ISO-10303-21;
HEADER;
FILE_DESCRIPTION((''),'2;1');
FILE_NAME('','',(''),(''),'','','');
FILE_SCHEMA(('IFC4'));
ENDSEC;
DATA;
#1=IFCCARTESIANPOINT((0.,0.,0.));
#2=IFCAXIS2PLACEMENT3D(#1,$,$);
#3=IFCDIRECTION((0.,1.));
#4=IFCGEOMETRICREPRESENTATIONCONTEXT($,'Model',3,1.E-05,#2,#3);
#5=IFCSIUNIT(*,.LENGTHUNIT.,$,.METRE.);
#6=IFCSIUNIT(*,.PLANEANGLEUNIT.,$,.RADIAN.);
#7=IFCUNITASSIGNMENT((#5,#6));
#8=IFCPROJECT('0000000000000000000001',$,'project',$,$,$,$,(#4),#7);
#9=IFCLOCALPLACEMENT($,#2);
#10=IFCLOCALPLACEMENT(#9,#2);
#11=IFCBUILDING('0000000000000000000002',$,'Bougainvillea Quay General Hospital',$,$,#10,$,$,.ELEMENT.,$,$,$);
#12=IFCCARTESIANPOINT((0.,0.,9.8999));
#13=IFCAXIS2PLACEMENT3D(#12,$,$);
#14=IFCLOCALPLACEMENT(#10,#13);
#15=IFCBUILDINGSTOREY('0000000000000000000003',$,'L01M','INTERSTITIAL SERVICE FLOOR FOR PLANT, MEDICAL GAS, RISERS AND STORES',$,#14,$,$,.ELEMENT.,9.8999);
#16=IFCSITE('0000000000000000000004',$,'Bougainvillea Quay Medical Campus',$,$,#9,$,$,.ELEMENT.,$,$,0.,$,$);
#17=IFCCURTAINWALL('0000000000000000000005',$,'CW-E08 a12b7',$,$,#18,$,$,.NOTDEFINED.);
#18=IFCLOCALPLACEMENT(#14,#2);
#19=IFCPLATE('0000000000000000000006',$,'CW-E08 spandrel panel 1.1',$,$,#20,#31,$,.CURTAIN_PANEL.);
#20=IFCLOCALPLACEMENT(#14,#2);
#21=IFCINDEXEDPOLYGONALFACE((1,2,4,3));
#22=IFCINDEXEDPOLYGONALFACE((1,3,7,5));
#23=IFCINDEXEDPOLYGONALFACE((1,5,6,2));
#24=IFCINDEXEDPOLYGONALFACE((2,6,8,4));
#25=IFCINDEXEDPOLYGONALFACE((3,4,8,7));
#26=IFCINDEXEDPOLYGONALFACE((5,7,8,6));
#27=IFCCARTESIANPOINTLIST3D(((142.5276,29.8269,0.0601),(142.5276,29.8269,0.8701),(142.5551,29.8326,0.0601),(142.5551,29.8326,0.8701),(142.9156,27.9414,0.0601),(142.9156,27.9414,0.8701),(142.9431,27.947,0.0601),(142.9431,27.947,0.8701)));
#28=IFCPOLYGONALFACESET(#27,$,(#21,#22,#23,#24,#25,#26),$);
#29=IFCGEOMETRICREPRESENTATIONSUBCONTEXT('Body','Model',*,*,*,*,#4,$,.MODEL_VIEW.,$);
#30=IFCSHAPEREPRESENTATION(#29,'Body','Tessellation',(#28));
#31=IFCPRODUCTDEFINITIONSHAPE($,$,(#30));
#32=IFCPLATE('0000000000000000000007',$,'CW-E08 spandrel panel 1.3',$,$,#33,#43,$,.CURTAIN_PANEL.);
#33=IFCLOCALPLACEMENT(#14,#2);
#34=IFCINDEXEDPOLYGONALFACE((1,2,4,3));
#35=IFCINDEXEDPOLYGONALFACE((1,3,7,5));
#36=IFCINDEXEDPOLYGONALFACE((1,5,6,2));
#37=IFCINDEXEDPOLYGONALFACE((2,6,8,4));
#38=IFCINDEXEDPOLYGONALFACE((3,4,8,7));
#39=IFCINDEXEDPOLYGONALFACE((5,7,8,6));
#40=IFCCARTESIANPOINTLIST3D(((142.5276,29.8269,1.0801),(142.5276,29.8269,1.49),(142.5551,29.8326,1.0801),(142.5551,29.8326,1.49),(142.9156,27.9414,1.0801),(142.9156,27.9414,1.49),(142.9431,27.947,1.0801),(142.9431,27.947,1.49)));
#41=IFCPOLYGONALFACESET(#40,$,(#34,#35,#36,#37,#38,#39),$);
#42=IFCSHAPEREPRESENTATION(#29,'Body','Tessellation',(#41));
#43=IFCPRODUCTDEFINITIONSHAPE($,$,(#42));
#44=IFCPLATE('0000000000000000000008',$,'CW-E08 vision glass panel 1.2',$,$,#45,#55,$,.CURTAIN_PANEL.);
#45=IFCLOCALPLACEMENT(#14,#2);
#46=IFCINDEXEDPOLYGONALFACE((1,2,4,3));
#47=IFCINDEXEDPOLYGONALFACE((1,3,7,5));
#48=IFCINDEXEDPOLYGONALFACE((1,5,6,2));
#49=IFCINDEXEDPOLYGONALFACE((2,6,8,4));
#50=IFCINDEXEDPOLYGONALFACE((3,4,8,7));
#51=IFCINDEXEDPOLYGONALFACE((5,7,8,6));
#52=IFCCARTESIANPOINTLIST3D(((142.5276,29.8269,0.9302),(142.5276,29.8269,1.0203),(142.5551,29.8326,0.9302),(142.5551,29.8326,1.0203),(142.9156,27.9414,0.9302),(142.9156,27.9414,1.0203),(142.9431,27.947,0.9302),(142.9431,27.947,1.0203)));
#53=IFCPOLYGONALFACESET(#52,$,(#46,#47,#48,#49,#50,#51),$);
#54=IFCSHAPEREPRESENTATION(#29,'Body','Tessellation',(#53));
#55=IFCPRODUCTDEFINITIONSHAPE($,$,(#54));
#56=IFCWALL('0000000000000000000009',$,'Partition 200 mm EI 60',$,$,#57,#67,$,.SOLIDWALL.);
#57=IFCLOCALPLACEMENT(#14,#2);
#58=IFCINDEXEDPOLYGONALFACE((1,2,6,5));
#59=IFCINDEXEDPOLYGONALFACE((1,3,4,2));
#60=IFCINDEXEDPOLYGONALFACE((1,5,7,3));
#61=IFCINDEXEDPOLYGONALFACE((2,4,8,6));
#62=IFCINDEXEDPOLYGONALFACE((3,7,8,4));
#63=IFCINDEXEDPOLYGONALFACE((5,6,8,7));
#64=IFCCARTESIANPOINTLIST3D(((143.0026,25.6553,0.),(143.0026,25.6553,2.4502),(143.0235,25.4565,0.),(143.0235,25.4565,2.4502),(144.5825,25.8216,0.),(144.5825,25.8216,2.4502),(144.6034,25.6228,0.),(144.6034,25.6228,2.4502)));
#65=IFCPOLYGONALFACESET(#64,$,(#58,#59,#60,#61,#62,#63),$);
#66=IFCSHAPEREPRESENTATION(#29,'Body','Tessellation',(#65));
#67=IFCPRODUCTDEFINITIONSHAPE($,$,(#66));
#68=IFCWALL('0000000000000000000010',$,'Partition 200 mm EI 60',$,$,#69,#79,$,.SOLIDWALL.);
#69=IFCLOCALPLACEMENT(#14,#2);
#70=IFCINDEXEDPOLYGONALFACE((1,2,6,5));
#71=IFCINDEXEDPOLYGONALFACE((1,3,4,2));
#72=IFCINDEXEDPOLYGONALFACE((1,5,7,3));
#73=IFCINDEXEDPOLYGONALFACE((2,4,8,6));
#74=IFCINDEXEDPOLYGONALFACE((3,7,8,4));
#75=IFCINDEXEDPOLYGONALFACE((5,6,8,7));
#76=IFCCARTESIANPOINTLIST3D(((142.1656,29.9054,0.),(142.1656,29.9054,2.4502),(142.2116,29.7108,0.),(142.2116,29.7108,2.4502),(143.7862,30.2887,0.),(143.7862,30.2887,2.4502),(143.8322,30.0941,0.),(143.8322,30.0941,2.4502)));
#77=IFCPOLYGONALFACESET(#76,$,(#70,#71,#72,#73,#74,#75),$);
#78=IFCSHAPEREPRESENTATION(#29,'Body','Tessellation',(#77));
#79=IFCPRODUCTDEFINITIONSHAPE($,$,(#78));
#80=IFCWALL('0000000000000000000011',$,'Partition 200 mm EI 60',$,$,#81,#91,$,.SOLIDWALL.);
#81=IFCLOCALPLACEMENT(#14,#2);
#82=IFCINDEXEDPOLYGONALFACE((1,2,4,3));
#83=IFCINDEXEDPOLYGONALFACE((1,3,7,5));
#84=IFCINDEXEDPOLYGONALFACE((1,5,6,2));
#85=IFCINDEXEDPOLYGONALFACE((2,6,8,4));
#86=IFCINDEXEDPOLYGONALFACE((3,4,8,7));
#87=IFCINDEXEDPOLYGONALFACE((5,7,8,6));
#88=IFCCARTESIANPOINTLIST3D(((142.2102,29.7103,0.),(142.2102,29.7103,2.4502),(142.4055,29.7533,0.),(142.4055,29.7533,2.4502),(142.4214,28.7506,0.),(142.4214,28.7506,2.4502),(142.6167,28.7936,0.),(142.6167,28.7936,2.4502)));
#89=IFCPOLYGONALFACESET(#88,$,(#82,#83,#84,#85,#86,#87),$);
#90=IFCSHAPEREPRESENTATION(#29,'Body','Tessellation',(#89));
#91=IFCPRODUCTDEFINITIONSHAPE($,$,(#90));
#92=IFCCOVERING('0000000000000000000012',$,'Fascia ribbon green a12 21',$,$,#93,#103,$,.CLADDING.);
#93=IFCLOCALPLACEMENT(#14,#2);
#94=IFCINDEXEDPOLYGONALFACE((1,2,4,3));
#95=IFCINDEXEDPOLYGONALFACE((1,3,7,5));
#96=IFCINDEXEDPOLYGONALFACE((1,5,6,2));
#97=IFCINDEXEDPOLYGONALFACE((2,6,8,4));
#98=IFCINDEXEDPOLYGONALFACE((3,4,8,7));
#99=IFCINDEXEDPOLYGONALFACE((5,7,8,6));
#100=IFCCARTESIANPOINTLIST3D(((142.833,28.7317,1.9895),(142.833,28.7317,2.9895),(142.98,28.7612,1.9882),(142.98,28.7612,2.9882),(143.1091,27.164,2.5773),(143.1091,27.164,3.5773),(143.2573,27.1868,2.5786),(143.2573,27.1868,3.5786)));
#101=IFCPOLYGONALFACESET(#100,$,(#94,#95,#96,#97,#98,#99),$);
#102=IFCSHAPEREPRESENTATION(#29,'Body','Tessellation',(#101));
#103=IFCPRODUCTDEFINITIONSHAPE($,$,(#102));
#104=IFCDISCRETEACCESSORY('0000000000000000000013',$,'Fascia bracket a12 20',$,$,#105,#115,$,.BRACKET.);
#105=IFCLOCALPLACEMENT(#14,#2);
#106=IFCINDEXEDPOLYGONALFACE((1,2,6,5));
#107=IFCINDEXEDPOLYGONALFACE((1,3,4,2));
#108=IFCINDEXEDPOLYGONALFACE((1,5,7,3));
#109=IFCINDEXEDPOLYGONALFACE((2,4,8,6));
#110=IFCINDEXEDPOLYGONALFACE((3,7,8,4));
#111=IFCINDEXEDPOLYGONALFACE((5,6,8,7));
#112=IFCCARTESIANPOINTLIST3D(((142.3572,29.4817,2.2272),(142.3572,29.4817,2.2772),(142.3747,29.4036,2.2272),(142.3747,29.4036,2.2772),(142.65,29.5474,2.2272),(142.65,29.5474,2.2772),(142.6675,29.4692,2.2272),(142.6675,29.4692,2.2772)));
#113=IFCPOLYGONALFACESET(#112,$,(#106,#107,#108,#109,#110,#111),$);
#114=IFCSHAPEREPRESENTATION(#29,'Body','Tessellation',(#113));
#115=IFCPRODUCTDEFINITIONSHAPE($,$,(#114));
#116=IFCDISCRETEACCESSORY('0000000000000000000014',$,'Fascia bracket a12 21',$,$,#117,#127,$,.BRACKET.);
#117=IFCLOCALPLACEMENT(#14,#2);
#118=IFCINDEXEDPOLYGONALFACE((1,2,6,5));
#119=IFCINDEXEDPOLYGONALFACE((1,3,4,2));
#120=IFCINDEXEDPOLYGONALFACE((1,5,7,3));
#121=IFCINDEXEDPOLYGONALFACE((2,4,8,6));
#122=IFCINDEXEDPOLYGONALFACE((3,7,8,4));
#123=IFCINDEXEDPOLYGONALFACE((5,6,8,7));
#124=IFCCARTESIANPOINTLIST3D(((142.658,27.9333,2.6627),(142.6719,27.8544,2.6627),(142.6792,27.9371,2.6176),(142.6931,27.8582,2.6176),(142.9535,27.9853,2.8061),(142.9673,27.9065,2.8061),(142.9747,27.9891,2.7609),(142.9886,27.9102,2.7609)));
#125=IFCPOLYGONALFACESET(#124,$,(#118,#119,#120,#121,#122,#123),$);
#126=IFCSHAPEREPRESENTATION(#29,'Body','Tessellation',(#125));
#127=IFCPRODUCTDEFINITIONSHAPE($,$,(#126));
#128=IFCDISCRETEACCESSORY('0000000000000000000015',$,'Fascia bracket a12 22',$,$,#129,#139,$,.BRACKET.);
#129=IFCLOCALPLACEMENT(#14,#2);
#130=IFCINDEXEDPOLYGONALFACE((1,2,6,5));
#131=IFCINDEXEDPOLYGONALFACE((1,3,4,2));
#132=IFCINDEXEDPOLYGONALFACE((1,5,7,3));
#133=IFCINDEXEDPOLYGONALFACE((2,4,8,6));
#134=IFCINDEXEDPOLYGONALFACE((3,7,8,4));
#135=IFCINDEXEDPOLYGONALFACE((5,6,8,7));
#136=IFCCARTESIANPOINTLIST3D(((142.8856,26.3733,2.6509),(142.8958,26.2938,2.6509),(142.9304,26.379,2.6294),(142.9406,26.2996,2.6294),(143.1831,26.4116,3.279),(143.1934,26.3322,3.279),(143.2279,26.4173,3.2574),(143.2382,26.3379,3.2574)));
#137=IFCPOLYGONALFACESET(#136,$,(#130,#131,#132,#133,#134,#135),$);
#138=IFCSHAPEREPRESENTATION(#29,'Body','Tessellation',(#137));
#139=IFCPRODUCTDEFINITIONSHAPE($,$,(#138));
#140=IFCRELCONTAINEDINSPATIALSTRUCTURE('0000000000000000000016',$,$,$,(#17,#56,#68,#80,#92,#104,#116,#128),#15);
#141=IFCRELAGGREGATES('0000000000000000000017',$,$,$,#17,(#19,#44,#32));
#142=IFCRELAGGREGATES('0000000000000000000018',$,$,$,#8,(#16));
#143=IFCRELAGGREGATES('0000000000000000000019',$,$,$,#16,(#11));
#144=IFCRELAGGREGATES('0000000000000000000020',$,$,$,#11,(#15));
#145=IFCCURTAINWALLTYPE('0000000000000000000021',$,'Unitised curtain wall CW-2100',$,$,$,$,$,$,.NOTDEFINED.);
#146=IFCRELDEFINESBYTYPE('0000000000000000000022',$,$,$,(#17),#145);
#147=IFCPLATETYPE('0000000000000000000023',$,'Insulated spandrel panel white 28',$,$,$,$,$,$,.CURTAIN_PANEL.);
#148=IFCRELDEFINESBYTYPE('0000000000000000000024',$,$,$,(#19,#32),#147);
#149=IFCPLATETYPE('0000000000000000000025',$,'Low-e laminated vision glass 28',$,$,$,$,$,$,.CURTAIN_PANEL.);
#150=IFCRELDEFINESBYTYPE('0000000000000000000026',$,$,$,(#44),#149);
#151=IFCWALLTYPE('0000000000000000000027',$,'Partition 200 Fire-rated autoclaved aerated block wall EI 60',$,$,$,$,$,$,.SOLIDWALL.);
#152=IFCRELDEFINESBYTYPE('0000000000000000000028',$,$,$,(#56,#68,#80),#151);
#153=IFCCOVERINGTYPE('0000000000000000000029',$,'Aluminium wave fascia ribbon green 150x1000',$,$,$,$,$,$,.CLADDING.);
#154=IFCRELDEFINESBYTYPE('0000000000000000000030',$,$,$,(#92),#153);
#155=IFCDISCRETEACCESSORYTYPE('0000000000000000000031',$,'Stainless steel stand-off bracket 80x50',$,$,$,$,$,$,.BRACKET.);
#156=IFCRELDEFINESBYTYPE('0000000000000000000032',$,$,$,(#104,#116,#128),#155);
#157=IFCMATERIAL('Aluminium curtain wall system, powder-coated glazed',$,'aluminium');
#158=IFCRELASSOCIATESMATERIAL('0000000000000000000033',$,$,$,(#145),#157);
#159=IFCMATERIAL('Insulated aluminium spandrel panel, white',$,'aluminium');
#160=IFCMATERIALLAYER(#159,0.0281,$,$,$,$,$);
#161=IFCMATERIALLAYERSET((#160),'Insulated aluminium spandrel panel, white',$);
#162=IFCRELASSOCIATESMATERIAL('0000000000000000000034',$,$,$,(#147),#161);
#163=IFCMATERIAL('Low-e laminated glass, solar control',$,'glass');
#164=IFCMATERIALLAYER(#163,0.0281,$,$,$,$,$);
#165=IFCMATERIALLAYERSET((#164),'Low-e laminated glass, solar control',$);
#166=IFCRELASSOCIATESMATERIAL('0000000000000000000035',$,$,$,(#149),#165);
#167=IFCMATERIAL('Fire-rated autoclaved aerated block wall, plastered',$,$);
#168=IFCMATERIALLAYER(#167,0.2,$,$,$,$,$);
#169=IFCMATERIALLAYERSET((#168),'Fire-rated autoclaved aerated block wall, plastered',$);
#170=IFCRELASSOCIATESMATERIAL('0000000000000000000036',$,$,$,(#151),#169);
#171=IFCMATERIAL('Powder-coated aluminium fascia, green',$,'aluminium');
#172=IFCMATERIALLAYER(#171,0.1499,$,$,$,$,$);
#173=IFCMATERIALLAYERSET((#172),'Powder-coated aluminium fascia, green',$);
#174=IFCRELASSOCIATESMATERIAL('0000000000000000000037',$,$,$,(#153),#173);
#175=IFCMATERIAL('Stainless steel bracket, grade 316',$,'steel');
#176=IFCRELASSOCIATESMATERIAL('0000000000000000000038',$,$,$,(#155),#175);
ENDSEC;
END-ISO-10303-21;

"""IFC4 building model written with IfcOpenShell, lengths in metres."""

from ifc_helpers import new_model, si_unit, direction, frame, frame_2d, origin, origin_2d, place, context, subcontext, project, spatial, polyline, rectangle, outline, extrude, material, layer, layer_set, material_profile, profile_set, type_object, element, aggregate, save


model = new_model("IFC4")

# Units and contexts
model_context = context("Model", 3, precision=1e-05, world=origin(), true_north=direction((0.0, 1.0)))
body_context = subcontext(model_context, "Body", "Model", "MODEL_VIEW")
ifc_project = project(units=[si_unit("LENGTHUNIT", "METRE"), si_unit("PLANEANGLEUNIT", "RADIAN")], contexts=[model_context])

# Site, building, storey
site_placement = place(None, origin())
site = spatial("IfcSite", under=ifc_project, at=site_placement, Name="Bougainvillea Quay Medical Campus", CompositionType="ELEMENT", RefElevation=0.0)
building_placement = place(site_placement, origin())
building = spatial("IfcBuilding", under=site, at=building_placement, Name="Bougainvillea Quay General Hospital", CompositionType="ELEMENT")
storey_placement = place(building_placement, frame((0.0, 0.0, 9.8999)))
storey = spatial("IfcBuildingStorey", under=building, at=storey_placement, Name="L01M", Description="INTERSTITIAL SERVICE FLOOR FOR PLANT, MEDICAL GAS, RISERS AND STORES", CompositionType="ELEMENT", Elevation=9.8999)

# Shared definitions
ifc_material_1 = material(Name="Aluminium curtain wall system, powder-coated glazed", Category="aluminium")
curtain_wall_type_1 = type_object("IfcCurtainWallType", Name="Unitised curtain wall CW-2100", PredefinedType="NOTDEFINED", material=ifc_material_1)

# Curtain wall
curtain_wall_1_placement = place(storey_placement, origin())
curtain_wall_1 = element("IfcCurtainWall", 1, at=curtain_wall_1_placement, inside=storey, type_object=curtain_wall_type_1, Name="CW-E08 a12b7", PredefinedType="NOTDEFINED")

# Plates
ifc_material_2 = material(Name="Insulated aluminium spandrel panel, white", Category="aluminium")
ifc_layer_1 = layer(ifc_material_2, 0.0281)
ifc_layer_set_1 = layer_set([ifc_layer_1], Name="Insulated aluminium spandrel panel, white")
plate_type_1 = type_object("IfcPlateType", Name="Insulated spandrel panel white 28", PredefinedType="CURTAIN_PANEL", material=ifc_layer_set_1)
plate_1_placement = place(storey_placement, frame((142.7354, 28.887, 0.0601), z_axis=(0.0, 0.0, 1.0), x_axis=(0.201595, -0.979469, 0.0)))
plate_1 = element("IfcPlate", 2, at=plate_1_placement, type_object=plate_type_1, Name="CW-E08 spandrel panel 1.1", PredefinedType="CURTAIN_PANEL", context=body_context, shape_type="SweptSolid", body=[
    extrude(rectangle(XDim=1.925, YDim=0.0281, at=origin_2d()), origin(), (0.0, 0.0, 1.0), 0.8101),
])
plate_2_placement = place(storey_placement, frame((142.7354, 28.887, 1.0801), z_axis=(0.0, 0.0, 1.0), x_axis=(0.201595, -0.979469, 0.0)))
plate_2 = element("IfcPlate", 3, at=plate_2_placement, type_object=plate_type_1, Name="CW-E08 spandrel panel 1.3", PredefinedType="CURTAIN_PANEL", context=body_context, shape_type="SweptSolid", body=[
    extrude(rectangle(XDim=1.925, YDim=0.0281, at=origin_2d()), origin(), (0.0, 0.0, 1.0), 0.4099),
])
ifc_material_3 = material(Name="Low-e laminated glass, solar control", Category="glass")
ifc_layer_2 = layer(ifc_material_3, 0.0281)
ifc_layer_set_2 = layer_set([ifc_layer_2], Name="Low-e laminated glass, solar control")
plate_type_2 = type_object("IfcPlateType", Name="Low-e laminated vision glass 28", PredefinedType="CURTAIN_PANEL", material=ifc_layer_set_2)
plate_3_placement = place(storey_placement, frame((142.7354, 28.887, 0.9302), z_axis=(0.0, 0.0, 1.0), x_axis=(0.201595, -0.979469, 0.0)))
plate_3 = element("IfcPlate", 4, at=plate_3_placement, type_object=plate_type_2, Name="CW-E08 vision glass panel 1.2", PredefinedType="CURTAIN_PANEL", context=body_context, shape_type="SweptSolid", body=[
    extrude(rectangle(XDim=1.925, YDim=0.0281, at=origin_2d()), origin(), (0.0, 0.0, 1.0), 0.0901),
])
aggregate(curtain_wall_1, [plate_1, plate_3, plate_2])

# Walls
ifc_material_4 = material(Name="Fire-rated autoclaved aerated block wall, plastered")
ifc_layer_3 = layer(ifc_material_4, 0.2)
ifc_layer_set_3 = layer_set([ifc_layer_3], Name="Fire-rated autoclaved aerated block wall, plastered")
wall_type = type_object("IfcWallType", Name="Partition 200 Fire-rated autoclaved aerated block wall EI 60", PredefinedType="SOLIDWALL", material=ifc_layer_set_3)
wall_1_placement = place(storey_placement, frame((143.0129, 25.5559, 0.0), z_axis=(0.0, 0.0, 1.0), x_axis=(0.994508, 0.104661, 0.0)))
element("IfcWall", 5, at=wall_1_placement, inside=storey, type_object=wall_type, Name="Partition 200 mm EI 60", PredefinedType="SOLIDWALL", context=body_context, shape_type="SweptSolid", body=[
    extrude(rectangle(XDim=1.5886, YDim=0.2, at=frame_2d((0.7944, 0.0))), origin(), (0.0, 0.0, 1.0), 2.4502),
])
wall_2_placement = place(storey_placement, frame((142.1887, 29.8081, 0.0), z_axis=(0.0, 0.0, 1.0), x_axis=(0.973151, 0.230167, 0.0)))
element("IfcWall", 6, at=wall_2_placement, inside=storey, type_object=wall_type, Name="Partition 200 mm EI 60", PredefinedType="SOLIDWALL", context=body_context, shape_type="SweptSolid", body=[
    extrude(rectangle(XDim=1.6653, YDim=0.2, at=frame_2d((0.8325, 0.0))), origin(), (0.0, 0.0, 1.0), 2.4502),
])
wall_3_placement = place(storey_placement, frame((142.3079, 29.7317, 0.0), z_axis=(0.0, 0.0, 1.0), x_axis=(0.214904, -0.976635, 0.0)))
element("IfcWall", 7, at=wall_3_placement, inside=storey, type_object=wall_type, Name="Partition 200 mm EI 60", PredefinedType="SOLIDWALL", context=body_context, shape_type="SweptSolid", body=[
    extrude(rectangle(XDim=0.9827, YDim=0.2, at=frame_2d((0.4912, 0.0))), origin(), (0.0, 0.0, 1.0), 2.4502),
])

# Covering
ifc_material_5 = material(Name="Powder-coated aluminium fascia, green", Category="aluminium")
ifc_layer_4 = layer(ifc_material_5, 0.1499)
ifc_layer_set_4 = layer_set([ifc_layer_4], Name="Powder-coated aluminium fascia, green")
covering_type = type_object("IfcCoveringType", Name="Aluminium wave fascia ribbon green 150x1000", PredefinedType="CLADDING", material=ifc_layer_set_4)
covering_placement = place(storey_placement, frame((142.833, 28.7317, 1.9895), z_axis=(-0.060381, 0.341125, 0.938077), x_axis=(0.162729, -0.923855, 0.346427)))
element("IfcCovering", 8, at=covering_placement, inside=storey, type_object=covering_type, Name="Fascia ribbon green a12 21", PredefinedType="CLADDING", context=body_context, shape_type="SweptSolid", body=[
    extrude(outline(polyline([(0.0, 0.0), (1.6969, 0.0), (1.7004, 0.1499), (-0.0038, 0.1499), (0.0, 0.0)])), origin(), (0.346427, 0.000273, 0.938077), 1.0),
])

# Discrete accessories
ifc_material_6 = material(Name="Stainless steel bracket, grade 316", Category="steel")
ifc_material_profile_1 = material_profile(ifc_material_6, rectangle(XDim=0.0801, YDim=0.05, at=origin_2d()))
ifc_profile_set_1 = profile_set([ifc_material_profile_1], Name="Stainless steel bracket, grade 316")
discrete_accessory_type = type_object("IfcDiscreteAccessoryType", Name="Stainless steel stand-off bracket 80x50", PredefinedType="BRACKET", material=ifc_profile_set_1)
discrete_accessory_1_placement = place(storey_placement, frame((142.366, 29.4426, 2.2522), z_axis=(0.975745, 0.218912, 0.0), x_axis=(-0.218912, 0.975745, 0.0)))
element("IfcDiscreteAccessory", 9, at=discrete_accessory_1_placement, inside=storey, type_object=discrete_accessory_type, Name="Fascia bracket a12 20", PredefinedType="BRACKET", context=body_context, shape_type="SweptSolid", body=[
    extrude(rectangle(XDim=0.0801, YDim=0.05, at=origin_2d()), origin(), (0.0, 0.0, 1.0), 0.3),
])
discrete_accessory_2_placement = place(storey_placement, frame((142.6755, 27.8958, 2.6401), z_axis=(0.88864, 0.15643, 0.431101), x_axis=(-0.173367, 0.984857, 0.0)))
element("IfcDiscreteAccessory", 10, at=discrete_accessory_2_placement, inside=storey, type_object=discrete_accessory_type, Name="Fascia bracket a12 21", PredefinedType="BRACKET", context=body_context, shape_type="SweptSolid", body=[
    extrude(rectangle(XDim=0.0801, YDim=0.05, at=origin_2d()), origin(), (0.0, 0.0, 1.0), 0.3325),
])
discrete_accessory_3_placement = place(storey_placement, frame((142.9131, 26.3364, 2.6401), z_axis=(0.427497, 0.055059, 0.902338), x_axis=(-0.127739, 0.991808, 0.0)))
element("IfcDiscreteAccessory", 11, at=discrete_accessory_3_placement, inside=storey, type_object=discrete_accessory_type, Name="Fascia bracket a12 22", PredefinedType="BRACKET", context=body_context, shape_type="SweptSolid", body=[
    extrude(rectangle(XDim=0.0801, YDim=0.05, at=origin_2d()), origin(), (0.0, 0.0, 1.0), 0.696),
])

save(model, "model.ifc")
